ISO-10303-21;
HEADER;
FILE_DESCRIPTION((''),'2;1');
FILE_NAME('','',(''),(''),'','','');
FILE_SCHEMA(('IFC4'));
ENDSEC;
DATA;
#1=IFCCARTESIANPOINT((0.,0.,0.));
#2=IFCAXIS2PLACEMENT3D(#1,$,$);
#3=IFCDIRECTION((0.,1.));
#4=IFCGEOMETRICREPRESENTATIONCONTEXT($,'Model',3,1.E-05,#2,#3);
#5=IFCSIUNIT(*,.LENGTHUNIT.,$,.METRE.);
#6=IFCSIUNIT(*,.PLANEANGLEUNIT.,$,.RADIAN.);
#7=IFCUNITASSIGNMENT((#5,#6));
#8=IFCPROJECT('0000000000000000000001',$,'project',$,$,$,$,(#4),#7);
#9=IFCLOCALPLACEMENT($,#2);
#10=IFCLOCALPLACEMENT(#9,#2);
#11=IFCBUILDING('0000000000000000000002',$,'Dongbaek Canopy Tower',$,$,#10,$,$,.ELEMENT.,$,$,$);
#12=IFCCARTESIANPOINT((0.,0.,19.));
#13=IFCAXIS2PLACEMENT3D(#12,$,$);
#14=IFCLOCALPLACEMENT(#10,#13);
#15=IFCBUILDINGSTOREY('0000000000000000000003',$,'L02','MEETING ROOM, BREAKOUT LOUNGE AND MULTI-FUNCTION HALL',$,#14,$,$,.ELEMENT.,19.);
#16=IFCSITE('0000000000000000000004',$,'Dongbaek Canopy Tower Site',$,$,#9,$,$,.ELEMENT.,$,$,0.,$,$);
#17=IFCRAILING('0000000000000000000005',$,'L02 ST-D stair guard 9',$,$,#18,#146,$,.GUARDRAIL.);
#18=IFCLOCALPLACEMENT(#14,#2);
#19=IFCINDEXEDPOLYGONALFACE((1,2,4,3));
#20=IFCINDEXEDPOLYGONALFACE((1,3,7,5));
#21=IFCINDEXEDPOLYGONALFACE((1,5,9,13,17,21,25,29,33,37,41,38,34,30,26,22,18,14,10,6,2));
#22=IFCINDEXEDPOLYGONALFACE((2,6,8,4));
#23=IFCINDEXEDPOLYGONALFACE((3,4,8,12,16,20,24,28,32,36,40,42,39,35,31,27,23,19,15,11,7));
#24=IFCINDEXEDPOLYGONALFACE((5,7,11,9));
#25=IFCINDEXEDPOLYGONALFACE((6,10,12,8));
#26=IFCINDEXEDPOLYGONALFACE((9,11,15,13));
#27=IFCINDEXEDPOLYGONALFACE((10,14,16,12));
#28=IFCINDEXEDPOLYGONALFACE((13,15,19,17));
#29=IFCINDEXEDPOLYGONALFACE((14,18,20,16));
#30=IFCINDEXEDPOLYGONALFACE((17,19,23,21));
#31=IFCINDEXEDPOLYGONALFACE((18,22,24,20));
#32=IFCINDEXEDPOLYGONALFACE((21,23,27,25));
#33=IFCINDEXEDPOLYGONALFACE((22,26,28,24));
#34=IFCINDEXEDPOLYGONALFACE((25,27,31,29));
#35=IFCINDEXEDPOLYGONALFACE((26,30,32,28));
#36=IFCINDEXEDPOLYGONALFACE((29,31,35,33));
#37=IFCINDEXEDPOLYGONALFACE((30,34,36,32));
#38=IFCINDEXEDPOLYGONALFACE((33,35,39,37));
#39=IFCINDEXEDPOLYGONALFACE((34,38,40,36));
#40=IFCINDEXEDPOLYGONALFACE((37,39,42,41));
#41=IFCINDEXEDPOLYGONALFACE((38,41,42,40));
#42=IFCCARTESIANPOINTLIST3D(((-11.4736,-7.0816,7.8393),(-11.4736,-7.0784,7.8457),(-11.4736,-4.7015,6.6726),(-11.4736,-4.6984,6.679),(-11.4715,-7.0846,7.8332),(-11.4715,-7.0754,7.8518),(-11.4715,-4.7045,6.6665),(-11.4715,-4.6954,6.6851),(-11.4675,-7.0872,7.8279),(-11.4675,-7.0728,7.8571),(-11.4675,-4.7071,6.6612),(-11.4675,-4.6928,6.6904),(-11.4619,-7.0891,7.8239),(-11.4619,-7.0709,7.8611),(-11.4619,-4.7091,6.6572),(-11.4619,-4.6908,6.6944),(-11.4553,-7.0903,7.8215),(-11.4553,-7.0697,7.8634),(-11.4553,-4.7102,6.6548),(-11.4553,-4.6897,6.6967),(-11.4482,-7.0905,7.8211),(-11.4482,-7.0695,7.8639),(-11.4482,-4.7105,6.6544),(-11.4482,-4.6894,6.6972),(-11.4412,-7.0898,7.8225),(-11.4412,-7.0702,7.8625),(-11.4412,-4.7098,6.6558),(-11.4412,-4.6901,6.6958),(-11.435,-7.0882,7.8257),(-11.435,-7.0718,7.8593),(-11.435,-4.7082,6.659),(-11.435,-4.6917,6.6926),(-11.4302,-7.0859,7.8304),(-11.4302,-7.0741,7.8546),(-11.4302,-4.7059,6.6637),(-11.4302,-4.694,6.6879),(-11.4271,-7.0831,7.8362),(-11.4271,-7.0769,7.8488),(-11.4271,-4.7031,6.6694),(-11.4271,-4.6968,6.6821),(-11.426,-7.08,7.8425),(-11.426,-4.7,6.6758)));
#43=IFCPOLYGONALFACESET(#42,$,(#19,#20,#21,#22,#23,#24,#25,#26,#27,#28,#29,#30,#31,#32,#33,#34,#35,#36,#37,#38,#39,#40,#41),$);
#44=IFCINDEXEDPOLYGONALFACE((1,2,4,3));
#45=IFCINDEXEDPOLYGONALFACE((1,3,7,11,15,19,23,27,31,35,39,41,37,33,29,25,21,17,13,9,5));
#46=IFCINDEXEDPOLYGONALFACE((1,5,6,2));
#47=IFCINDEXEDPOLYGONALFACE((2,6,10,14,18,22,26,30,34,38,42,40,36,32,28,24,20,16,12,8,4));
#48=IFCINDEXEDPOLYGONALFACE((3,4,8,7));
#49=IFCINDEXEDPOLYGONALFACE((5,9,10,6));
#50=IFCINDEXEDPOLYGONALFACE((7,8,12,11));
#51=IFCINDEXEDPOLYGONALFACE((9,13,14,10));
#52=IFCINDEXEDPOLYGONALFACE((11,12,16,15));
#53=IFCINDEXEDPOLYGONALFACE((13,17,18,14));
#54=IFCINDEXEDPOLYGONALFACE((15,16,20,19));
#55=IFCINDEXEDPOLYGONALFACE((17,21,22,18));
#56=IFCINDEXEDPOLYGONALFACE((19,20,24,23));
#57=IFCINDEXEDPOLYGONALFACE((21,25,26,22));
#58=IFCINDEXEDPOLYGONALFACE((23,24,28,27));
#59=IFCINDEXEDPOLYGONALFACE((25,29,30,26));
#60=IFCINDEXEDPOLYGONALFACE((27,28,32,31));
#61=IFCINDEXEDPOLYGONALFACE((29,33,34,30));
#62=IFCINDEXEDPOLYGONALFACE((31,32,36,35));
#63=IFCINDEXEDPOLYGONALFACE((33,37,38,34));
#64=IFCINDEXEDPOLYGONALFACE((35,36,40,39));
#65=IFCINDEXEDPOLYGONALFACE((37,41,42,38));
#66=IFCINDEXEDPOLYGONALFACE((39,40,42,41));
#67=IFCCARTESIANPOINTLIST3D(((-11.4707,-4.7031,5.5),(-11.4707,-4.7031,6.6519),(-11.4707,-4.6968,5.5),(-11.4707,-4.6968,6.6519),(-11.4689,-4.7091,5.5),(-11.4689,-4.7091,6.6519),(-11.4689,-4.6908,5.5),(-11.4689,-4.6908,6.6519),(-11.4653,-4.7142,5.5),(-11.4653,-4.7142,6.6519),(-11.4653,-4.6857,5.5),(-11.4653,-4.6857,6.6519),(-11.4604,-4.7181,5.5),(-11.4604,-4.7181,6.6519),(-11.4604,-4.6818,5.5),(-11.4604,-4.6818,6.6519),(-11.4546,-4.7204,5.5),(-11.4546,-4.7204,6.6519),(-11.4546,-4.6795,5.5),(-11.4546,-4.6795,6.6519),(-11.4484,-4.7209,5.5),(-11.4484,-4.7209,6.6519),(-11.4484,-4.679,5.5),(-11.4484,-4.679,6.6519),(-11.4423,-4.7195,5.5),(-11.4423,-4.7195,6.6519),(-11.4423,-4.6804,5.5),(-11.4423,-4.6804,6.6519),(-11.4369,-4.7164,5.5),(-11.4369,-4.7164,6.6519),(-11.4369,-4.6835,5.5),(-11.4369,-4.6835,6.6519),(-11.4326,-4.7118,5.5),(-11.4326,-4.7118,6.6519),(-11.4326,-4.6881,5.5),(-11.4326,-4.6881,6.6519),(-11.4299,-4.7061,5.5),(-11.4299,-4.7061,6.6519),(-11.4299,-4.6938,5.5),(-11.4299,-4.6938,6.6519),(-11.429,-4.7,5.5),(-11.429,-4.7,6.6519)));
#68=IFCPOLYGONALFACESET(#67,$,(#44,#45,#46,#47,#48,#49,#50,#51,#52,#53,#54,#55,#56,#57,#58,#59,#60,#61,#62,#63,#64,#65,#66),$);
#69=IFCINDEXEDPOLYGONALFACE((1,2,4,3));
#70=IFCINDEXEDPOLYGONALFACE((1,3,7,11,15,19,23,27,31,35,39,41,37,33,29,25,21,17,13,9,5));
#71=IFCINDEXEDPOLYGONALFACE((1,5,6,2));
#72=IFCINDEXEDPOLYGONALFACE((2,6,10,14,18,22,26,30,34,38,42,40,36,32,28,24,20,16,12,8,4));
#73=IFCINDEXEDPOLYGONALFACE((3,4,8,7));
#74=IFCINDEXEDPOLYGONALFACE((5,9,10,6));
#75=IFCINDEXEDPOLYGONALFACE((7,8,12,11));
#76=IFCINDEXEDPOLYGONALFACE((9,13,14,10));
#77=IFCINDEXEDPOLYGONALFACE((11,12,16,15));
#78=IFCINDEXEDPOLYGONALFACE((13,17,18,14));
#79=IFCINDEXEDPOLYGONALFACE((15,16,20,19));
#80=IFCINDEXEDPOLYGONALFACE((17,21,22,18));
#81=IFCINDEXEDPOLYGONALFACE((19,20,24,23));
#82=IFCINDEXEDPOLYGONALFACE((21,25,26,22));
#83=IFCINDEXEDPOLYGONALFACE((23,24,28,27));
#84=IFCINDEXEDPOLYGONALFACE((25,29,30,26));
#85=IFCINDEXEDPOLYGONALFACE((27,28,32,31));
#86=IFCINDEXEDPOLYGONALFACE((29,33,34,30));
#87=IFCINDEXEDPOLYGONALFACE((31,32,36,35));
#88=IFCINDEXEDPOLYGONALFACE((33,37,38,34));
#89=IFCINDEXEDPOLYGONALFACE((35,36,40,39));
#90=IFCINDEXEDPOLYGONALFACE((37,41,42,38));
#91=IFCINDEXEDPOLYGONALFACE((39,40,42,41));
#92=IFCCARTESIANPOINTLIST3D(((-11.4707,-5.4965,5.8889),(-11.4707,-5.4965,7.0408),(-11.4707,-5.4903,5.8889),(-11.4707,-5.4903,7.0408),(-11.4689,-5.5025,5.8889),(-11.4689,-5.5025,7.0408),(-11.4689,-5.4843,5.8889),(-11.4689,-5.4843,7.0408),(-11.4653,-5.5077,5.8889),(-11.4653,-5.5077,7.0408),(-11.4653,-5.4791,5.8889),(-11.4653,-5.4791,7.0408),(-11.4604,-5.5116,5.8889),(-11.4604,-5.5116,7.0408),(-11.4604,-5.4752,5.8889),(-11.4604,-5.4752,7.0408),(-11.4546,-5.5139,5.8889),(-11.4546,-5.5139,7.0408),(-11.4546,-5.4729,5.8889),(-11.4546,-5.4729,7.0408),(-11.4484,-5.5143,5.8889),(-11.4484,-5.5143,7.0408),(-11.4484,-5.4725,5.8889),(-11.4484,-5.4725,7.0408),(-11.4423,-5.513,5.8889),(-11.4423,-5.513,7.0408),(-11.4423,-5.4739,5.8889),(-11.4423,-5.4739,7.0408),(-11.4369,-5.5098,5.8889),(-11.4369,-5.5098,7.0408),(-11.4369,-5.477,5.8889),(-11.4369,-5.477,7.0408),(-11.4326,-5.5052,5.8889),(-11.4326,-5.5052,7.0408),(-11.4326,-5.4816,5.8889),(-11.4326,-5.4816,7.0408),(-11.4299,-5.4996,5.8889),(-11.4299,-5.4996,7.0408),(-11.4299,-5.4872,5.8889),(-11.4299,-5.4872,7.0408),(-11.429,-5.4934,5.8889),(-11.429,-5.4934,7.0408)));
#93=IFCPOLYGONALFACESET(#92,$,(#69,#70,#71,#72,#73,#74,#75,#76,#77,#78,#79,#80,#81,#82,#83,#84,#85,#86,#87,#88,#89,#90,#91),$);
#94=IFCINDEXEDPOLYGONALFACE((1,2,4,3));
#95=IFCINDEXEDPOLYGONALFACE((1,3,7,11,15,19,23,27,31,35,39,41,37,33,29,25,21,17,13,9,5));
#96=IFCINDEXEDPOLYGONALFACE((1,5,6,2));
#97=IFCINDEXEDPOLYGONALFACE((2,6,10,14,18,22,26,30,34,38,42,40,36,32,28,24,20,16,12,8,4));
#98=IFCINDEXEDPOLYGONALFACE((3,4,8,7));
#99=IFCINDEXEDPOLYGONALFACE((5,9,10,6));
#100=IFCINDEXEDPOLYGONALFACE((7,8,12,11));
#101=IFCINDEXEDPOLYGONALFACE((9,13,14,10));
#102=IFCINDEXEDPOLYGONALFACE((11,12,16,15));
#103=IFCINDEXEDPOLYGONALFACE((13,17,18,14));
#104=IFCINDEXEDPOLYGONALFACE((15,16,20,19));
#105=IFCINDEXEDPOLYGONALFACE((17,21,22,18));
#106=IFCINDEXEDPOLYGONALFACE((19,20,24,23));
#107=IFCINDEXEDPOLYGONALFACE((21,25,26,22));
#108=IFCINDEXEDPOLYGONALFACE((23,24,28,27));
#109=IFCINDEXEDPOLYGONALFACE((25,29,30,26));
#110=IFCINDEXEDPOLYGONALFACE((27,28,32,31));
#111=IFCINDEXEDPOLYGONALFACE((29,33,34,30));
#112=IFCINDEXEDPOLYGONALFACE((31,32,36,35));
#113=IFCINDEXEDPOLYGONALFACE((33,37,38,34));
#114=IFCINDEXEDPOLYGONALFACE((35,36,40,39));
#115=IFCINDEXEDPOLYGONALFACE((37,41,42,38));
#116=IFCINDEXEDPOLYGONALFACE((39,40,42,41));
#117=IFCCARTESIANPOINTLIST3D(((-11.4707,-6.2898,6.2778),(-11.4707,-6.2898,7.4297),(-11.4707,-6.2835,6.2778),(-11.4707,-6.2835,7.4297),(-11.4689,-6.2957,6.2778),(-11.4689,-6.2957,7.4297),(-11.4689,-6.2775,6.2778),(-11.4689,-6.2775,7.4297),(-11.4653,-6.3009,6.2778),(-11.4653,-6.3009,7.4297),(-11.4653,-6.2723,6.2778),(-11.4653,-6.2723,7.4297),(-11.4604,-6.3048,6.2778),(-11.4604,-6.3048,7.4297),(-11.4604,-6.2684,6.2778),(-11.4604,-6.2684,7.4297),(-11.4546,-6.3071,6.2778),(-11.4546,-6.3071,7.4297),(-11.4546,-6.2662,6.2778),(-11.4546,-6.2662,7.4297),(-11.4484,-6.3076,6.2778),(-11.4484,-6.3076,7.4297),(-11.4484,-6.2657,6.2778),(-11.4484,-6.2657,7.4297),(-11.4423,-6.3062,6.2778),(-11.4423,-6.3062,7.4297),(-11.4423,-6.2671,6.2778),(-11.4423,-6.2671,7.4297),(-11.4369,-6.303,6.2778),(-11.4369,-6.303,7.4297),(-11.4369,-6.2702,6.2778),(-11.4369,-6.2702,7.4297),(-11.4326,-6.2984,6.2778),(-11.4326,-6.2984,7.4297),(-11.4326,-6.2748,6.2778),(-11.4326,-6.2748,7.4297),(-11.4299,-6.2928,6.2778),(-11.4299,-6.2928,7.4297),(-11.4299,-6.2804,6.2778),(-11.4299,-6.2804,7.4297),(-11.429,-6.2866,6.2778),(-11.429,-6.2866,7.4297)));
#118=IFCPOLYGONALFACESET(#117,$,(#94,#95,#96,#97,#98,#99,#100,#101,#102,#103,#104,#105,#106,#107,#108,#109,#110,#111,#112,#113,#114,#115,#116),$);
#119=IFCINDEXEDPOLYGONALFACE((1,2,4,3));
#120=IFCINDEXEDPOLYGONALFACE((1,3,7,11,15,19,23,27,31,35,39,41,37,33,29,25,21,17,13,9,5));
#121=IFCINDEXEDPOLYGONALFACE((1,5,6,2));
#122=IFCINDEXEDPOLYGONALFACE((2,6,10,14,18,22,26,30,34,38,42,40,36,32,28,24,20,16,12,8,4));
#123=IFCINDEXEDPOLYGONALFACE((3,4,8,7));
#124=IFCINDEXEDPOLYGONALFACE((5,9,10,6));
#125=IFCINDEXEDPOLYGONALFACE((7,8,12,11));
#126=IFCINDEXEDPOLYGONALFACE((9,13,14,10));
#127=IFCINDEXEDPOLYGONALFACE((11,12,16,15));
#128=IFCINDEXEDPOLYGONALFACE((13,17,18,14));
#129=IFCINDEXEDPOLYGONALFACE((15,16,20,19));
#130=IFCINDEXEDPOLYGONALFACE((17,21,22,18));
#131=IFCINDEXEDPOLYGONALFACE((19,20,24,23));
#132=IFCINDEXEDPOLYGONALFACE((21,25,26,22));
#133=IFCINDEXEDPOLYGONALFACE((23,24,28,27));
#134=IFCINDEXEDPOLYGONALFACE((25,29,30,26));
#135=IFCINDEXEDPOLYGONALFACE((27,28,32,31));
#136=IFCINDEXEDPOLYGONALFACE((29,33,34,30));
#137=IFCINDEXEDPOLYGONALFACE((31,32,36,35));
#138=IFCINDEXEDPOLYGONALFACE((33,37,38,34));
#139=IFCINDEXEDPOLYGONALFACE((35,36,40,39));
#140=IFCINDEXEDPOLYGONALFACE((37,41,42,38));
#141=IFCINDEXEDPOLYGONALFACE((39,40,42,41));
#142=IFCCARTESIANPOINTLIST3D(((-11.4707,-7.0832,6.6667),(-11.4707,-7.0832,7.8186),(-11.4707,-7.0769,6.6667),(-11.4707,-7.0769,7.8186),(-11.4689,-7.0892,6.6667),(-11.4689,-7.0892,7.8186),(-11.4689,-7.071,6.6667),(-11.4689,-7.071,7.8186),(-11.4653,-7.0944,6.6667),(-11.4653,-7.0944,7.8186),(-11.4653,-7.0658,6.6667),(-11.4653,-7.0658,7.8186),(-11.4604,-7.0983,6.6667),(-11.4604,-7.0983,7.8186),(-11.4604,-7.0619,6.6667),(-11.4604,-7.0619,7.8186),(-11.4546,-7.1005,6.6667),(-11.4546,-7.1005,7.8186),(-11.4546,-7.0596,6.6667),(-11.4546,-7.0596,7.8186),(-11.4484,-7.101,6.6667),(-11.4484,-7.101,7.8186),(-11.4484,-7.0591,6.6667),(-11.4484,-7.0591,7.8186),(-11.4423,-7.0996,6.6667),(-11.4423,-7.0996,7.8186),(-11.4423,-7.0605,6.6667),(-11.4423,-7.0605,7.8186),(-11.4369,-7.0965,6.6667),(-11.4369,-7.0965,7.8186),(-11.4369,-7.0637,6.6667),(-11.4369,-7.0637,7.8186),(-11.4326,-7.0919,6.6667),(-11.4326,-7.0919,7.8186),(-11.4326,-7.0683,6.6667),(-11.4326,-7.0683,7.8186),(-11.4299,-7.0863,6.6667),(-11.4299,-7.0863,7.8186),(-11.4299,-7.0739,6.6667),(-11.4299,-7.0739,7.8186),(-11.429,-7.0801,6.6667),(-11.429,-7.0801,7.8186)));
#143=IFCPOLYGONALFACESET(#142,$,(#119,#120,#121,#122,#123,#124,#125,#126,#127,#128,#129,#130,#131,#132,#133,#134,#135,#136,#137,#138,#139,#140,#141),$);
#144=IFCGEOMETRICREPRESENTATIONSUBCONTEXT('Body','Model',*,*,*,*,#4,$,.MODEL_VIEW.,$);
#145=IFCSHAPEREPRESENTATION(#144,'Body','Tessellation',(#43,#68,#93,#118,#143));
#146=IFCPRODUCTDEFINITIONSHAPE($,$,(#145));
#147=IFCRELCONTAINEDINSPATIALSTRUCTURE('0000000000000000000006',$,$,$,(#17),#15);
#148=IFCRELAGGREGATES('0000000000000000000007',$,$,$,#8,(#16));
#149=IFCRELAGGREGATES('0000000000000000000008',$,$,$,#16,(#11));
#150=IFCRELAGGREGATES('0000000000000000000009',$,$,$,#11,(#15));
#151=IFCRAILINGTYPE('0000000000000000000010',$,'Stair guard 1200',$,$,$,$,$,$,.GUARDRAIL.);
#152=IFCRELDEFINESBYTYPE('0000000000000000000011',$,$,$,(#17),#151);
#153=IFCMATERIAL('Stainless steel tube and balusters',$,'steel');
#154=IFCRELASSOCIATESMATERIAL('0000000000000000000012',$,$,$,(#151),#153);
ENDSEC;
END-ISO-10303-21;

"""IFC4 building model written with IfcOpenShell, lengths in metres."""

from ifc_helpers import new_model, si_unit, direction, frame, origin, origin_2d, place, context, subcontext, project, spatial, circle, extrude, material, type_object, element, save


model = new_model("IFC4")

# Units and contexts
model_context = context("Model", 3, precision=1e-05, world=origin(), true_north=direction((0.0, 1.0)))
body_context = subcontext(model_context, "Body", "Model", "MODEL_VIEW")
ifc_project = project(units=[si_unit("LENGTHUNIT", "METRE"), si_unit("PLANEANGLEUNIT", "RADIAN")], contexts=[model_context])

# Site, building, storey
site_placement = place(None, origin())
site = spatial("IfcSite", under=ifc_project, at=site_placement, Name="Dongbaek Canopy Tower Site", CompositionType="ELEMENT", RefElevation=0.0)
building_placement = place(site_placement, origin())
building = spatial("IfcBuilding", under=site, at=building_placement, Name="Dongbaek Canopy Tower", CompositionType="ELEMENT")
storey_placement = place(building_placement, frame((0.0, 0.0, 19.0)))
storey = spatial("IfcBuildingStorey", under=building, at=storey_placement, Name="L02", Description="MEETING ROOM, BREAKOUT LOUNGE AND MULTI-FUNCTION HALL", CompositionType="ELEMENT", Elevation=19.0)

# Railing
ifc_material_1 = material(Name="Stainless steel tube and balusters", Category="steel")
railing_type_1 = type_object("IfcRailingType", Name="Stair guard 1200", PredefinedType="GUARDRAIL", material=ifc_material_1)
for number, where, name in (
    (1, (-11.45, -4.7, 5.5), "L02 ST-D stair guard 9"),
):
    element("IfcRailing", number, at=place(storey_placement, frame(where)), inside=storey, type_object=railing_type_1, Name=name, PredefinedType="GUARDRAIL", context=body_context, shape_type="SweptSolid", body=[
        extrude(circle(Radius=0.0239, at=origin_2d()), frame((0.0, 0.0, 1.1758), z_axis=(0.0, -0.897918, 0.440163), x_axis=(1.0, 0.0, 0.0)), (0.0, 0.0, 1.0), 2.6506),
        extrude(circle(Radius=0.021, at=origin_2d()), origin(), (0.0, 0.0, 1.0), 1.1519),
        extrude(circle(Radius=0.021, at=origin_2d()), frame((0.0, -0.7935, 0.3889)), (0.0, 0.0, 1.0), 1.1519),
        extrude(circle(Radius=0.021, at=origin_2d()), frame((0.0, -1.5867, 0.7778)), (0.0, 0.0, 1.0), 1.1519),
        extrude(circle(Radius=0.021, at=origin_2d()), frame((0.0, -2.3801, 1.1667)), (0.0, 0.0, 1.0), 1.1519),
    ])

save(model, "model.ifc")
